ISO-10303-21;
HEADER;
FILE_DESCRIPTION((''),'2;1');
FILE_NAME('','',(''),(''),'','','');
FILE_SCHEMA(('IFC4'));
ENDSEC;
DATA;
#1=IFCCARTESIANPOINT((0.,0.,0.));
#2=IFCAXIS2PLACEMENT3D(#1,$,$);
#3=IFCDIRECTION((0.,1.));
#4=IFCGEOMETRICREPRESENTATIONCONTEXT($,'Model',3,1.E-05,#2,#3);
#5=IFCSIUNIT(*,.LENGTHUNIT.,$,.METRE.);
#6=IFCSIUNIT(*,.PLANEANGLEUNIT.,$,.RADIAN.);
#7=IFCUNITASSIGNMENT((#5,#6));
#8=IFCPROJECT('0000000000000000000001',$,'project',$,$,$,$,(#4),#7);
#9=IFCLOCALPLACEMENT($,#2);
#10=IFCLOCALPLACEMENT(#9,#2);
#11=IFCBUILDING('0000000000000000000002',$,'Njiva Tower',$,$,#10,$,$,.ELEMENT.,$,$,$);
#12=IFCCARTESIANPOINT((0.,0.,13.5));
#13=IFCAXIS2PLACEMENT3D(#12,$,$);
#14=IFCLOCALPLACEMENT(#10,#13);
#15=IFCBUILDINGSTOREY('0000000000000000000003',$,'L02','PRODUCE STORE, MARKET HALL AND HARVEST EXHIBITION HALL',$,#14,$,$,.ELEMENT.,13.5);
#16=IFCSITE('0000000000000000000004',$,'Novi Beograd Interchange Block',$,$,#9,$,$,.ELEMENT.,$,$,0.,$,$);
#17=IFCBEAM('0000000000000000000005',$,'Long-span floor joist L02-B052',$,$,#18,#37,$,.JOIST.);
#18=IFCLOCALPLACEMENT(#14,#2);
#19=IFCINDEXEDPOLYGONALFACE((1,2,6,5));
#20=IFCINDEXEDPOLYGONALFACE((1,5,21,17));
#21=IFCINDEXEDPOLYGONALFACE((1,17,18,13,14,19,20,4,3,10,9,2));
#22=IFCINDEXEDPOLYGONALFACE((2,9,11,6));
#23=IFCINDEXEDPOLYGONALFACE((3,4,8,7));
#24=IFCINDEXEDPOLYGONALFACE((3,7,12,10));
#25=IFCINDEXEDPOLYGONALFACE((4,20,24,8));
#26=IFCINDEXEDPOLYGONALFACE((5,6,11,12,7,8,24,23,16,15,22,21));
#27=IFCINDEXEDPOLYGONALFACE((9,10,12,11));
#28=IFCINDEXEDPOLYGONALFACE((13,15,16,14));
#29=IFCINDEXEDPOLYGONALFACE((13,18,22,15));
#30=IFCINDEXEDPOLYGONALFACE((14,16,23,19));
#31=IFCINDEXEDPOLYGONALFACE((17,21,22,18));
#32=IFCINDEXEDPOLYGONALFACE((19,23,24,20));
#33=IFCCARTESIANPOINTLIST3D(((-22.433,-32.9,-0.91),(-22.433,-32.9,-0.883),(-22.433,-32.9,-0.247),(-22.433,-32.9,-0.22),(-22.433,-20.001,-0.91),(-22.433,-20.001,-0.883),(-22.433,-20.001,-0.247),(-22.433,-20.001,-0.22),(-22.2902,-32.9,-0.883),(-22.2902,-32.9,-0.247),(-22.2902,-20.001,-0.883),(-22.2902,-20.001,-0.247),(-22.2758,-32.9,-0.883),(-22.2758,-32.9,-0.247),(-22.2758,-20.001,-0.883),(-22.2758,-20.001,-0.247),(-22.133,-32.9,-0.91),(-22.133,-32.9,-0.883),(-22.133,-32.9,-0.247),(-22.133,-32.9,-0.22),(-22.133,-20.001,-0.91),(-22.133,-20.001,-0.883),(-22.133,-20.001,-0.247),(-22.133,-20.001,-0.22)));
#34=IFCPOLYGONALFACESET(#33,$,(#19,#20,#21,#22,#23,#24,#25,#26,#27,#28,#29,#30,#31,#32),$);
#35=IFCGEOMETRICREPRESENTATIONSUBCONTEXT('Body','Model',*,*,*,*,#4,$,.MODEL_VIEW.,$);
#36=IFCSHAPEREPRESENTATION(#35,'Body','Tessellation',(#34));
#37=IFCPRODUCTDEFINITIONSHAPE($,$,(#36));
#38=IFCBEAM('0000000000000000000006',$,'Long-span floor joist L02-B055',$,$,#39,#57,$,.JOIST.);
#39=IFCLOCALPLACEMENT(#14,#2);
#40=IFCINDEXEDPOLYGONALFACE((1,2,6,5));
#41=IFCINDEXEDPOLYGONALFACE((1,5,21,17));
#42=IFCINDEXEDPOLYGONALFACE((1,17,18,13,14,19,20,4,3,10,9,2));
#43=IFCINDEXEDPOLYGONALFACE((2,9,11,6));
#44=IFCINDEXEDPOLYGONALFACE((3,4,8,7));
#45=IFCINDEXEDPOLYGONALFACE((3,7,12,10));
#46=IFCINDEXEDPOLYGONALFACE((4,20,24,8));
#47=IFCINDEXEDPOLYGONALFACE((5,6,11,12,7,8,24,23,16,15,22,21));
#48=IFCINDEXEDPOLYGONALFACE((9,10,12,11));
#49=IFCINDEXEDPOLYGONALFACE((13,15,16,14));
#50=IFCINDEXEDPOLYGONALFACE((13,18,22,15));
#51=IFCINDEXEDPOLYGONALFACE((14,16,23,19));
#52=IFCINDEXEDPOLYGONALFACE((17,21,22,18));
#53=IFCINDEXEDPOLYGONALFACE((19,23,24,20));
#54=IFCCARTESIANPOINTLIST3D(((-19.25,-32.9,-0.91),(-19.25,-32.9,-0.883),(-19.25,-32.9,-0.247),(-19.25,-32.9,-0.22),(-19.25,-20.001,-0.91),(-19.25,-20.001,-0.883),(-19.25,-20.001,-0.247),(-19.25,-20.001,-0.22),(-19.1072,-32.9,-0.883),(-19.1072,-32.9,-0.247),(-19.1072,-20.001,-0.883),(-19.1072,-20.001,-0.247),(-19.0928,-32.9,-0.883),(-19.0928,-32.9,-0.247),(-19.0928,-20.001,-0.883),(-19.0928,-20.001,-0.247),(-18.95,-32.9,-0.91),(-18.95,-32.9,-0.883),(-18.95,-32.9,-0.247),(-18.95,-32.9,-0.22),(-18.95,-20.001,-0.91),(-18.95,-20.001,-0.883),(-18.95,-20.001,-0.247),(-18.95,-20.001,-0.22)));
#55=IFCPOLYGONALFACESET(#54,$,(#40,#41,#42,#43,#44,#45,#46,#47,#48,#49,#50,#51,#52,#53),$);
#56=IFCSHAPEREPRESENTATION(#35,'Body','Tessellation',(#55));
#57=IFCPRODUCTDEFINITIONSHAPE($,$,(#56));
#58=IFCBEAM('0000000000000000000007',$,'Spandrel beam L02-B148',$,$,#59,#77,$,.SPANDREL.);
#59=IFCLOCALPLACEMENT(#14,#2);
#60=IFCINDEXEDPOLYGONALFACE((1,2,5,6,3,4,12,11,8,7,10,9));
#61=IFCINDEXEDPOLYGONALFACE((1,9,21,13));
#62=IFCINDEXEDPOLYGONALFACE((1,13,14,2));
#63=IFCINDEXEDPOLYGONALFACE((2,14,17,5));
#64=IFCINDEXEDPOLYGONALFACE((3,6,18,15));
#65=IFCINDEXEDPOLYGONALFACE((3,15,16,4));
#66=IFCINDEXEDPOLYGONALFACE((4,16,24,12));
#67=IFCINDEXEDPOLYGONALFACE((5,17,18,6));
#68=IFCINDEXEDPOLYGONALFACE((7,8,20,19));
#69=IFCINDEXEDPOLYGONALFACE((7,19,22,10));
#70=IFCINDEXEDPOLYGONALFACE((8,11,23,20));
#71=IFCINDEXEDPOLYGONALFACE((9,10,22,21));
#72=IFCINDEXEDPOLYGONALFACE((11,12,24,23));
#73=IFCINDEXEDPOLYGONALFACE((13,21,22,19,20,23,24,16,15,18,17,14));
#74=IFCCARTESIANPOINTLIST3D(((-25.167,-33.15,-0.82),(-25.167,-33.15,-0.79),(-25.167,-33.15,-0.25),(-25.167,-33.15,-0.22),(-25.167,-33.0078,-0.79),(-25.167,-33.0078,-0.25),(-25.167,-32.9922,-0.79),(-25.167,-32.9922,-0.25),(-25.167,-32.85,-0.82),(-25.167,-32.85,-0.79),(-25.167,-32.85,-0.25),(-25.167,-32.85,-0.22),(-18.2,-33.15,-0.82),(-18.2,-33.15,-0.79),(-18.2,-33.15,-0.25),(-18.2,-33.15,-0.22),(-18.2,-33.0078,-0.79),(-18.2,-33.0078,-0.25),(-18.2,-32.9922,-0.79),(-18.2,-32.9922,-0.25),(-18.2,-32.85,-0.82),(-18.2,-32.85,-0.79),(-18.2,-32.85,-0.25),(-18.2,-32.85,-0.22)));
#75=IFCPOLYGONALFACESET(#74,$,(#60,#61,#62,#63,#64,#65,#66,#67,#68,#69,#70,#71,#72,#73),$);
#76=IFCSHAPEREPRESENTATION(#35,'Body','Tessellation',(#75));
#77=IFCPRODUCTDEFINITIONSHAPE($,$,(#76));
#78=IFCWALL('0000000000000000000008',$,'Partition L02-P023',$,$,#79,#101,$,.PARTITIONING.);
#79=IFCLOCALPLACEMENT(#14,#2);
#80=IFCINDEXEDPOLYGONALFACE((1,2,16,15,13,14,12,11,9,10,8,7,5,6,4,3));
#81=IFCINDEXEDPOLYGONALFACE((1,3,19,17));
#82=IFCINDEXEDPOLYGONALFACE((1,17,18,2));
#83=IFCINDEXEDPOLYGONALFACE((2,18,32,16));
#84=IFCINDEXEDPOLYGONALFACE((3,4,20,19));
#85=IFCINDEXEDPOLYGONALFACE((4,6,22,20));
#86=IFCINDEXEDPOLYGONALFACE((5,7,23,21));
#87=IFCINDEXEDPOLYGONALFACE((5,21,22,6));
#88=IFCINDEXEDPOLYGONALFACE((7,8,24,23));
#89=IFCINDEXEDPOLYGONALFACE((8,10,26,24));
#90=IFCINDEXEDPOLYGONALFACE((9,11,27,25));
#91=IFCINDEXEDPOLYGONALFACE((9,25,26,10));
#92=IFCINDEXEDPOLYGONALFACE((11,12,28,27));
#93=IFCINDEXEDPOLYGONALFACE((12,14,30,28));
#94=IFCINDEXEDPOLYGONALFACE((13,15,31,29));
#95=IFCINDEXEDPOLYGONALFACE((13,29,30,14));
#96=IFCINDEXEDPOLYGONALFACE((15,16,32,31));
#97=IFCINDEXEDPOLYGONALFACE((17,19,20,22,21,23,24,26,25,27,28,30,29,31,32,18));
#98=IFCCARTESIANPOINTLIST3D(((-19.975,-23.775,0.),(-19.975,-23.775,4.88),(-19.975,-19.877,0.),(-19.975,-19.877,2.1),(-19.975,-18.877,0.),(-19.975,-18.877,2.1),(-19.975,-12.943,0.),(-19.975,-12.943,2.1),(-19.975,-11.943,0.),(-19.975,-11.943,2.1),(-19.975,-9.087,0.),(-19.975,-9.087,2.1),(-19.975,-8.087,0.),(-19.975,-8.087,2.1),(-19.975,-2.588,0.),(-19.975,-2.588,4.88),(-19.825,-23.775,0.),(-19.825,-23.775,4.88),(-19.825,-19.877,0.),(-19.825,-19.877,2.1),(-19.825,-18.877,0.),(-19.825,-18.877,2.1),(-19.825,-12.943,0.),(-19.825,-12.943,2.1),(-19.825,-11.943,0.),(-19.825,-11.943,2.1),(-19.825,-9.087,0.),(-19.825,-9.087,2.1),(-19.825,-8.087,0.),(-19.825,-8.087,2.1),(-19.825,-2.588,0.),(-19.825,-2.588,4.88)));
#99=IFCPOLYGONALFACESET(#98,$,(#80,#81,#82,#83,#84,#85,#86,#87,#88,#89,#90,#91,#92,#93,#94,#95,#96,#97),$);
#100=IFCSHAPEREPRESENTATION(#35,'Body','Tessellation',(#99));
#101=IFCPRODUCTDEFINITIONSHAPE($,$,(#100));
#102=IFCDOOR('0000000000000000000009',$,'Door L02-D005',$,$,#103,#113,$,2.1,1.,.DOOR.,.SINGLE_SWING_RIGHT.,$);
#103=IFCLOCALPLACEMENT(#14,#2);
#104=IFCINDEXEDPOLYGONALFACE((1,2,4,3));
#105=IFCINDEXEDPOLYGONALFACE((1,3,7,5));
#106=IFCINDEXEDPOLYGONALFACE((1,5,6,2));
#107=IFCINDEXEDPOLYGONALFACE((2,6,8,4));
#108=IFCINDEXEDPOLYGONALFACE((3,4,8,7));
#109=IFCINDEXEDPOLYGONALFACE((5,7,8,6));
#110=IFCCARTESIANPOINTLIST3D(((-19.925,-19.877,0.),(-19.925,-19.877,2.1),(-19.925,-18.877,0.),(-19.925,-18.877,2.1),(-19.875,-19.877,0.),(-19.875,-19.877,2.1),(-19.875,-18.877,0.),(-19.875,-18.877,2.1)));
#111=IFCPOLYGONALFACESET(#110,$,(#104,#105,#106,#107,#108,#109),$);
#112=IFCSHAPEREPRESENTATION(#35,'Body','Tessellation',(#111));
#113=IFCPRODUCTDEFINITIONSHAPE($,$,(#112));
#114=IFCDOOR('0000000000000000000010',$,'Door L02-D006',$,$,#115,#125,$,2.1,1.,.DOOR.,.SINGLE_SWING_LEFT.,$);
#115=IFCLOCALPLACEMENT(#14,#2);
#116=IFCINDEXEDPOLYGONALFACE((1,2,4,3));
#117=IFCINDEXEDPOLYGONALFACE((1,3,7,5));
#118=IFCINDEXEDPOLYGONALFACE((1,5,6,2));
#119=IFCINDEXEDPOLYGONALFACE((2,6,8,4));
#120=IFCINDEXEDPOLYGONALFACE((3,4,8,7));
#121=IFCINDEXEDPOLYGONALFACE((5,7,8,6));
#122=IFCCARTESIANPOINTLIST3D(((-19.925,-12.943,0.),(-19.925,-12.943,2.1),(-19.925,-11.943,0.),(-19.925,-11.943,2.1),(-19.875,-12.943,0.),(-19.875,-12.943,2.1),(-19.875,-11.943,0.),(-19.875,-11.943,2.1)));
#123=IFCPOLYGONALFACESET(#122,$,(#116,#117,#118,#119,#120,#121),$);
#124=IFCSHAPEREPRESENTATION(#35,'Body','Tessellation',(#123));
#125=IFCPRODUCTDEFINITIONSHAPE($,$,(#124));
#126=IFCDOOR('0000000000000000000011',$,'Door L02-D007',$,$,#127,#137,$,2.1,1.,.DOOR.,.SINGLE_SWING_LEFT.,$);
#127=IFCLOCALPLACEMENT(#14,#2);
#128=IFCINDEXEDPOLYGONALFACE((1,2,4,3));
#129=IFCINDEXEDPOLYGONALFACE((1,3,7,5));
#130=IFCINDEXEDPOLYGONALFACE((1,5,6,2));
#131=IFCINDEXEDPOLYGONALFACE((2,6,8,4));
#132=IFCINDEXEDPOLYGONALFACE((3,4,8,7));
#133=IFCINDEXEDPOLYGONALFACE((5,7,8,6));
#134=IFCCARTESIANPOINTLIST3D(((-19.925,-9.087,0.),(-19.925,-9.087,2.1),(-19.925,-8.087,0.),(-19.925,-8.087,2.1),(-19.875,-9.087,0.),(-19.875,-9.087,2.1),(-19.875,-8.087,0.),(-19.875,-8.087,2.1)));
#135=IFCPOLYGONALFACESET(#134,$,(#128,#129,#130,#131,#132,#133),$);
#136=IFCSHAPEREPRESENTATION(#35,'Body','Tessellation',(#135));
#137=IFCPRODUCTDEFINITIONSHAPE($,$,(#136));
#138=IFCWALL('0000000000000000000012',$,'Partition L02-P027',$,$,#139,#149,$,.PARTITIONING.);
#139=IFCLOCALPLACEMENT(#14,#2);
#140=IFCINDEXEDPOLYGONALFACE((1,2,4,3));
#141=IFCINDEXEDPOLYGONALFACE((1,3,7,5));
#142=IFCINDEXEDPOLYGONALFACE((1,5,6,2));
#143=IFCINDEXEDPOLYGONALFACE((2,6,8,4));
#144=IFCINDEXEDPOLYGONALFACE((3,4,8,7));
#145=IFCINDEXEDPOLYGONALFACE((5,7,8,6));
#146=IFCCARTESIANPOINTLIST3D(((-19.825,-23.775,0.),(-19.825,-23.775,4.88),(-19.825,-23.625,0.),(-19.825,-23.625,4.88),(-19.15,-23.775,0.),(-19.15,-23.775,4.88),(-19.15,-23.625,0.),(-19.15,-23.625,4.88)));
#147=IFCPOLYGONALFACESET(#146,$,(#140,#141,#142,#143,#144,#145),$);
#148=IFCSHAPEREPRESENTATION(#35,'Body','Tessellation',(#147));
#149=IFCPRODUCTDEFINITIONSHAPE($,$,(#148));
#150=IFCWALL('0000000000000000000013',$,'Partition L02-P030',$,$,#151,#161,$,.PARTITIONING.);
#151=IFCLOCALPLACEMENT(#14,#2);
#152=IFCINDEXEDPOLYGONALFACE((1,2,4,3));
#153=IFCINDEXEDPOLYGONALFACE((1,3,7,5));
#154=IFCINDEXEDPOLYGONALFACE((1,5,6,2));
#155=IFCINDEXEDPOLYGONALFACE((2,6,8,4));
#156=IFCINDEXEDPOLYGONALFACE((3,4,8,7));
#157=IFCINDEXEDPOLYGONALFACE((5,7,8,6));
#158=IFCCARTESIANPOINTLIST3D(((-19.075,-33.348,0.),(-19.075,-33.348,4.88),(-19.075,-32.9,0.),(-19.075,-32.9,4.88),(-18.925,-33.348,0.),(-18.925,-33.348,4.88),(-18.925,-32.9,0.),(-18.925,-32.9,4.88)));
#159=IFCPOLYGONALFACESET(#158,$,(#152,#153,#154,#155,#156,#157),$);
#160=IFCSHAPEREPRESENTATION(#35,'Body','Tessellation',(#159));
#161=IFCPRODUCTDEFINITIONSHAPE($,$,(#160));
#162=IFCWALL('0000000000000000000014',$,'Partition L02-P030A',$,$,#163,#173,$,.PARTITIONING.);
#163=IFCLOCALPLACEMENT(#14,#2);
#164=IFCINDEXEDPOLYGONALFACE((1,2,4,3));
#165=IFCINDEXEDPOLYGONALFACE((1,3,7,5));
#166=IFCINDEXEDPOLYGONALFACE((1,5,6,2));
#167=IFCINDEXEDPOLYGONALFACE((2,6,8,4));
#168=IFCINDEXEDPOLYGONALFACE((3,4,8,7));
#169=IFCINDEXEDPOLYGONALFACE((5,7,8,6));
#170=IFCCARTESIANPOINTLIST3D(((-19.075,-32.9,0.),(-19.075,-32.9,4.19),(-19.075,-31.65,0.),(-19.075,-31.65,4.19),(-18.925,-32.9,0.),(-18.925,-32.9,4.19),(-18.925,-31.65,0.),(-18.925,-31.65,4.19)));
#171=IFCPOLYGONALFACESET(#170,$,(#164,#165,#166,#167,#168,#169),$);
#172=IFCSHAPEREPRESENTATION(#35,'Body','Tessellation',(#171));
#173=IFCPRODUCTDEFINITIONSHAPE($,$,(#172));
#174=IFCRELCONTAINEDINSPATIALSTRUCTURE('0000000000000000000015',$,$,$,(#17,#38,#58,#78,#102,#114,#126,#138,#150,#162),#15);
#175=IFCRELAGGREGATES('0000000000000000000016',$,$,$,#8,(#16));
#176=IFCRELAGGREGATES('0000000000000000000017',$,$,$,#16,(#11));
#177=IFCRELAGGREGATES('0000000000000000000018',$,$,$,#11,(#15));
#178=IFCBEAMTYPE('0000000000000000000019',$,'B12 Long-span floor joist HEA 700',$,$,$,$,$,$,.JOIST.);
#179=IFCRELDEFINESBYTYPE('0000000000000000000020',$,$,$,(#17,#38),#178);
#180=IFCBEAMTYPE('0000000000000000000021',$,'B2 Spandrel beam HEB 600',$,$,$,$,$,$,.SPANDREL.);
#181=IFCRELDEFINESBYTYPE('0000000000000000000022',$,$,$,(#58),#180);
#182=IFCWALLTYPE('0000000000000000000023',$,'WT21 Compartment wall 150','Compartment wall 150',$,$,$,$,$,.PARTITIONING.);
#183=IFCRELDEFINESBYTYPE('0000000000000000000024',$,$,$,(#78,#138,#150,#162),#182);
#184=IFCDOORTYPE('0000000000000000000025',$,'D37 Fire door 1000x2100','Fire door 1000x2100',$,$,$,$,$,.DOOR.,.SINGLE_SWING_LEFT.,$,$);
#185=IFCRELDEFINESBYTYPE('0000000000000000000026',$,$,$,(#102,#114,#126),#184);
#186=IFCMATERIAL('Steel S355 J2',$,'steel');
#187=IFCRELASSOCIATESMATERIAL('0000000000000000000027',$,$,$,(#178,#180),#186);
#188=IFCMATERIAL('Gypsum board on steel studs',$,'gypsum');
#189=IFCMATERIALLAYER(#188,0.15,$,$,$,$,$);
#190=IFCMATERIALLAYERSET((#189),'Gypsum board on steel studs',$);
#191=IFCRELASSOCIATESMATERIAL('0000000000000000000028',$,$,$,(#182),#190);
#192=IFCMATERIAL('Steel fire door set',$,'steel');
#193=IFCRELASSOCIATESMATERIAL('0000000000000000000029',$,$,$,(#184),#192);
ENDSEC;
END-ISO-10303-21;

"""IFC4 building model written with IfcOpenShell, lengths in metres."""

from ifc_helpers import new_model, si_unit, direction, frame, frame_2d, origin, origin_2d, place, context, subcontext, project, spatial, rectangle, i_section, extrude, material, layer, layer_set, material_profile, profile_set, type_object, element, fill, save


model = new_model("IFC4")

# Units and contexts
model_context = context("Model", 3, precision=1e-05, world=origin(), true_north=direction((0.0, 1.0)))
body_context = subcontext(model_context, "Body", "Model", "MODEL_VIEW")
ifc_project = project(units=[si_unit("LENGTHUNIT", "METRE"), si_unit("PLANEANGLEUNIT", "RADIAN")], contexts=[model_context])

# Site, building, storey
site_placement = place(None, origin())
site = spatial("IfcSite", under=ifc_project, at=site_placement, Name="Novi Beograd Interchange Block", CompositionType="ELEMENT", RefElevation=0.0)
building_placement = place(site_placement, origin())
building = spatial("IfcBuilding", under=site, at=building_placement, Name="Njiva Tower", CompositionType="ELEMENT")
storey_placement = place(building_placement, frame((0.0, 0.0, 13.5)))
storey = spatial("IfcBuildingStorey", under=building, at=storey_placement, Name="L02", Description="PRODUCE STORE, MARKET HALL AND HARVEST EXHIBITION HALL", CompositionType="ELEMENT", Elevation=13.5)

# Beams
ifc_material_1 = material(Name="Steel S355 J2", Category="steel")
ifc_material_profile_1 = material_profile(ifc_material_1, i_section(OverallWidth=0.3, OverallDepth=0.69, WebThickness=0.0145, FlangeThickness=0.027, at=origin_2d()), Name="HEA 700")
ifc_profile_set_1 = profile_set([ifc_material_profile_1], Name="Steel S355 J2")
beam_type_1 = type_object("IfcBeamType", Name="B12 Long-span floor joist HEA 700", PredefinedType="JOIST", material=ifc_profile_set_1)
for number, where, z_axis, x_axis, name in (
    (1, (-22.283, -20.001, -0.565), (0.0, -1.0, 0.0), (1.0, 0.0, 0.0), "Long-span floor joist L02-B052"),
    (2, (-19.1, -20.001, -0.565), (0.0, -1.0, 0.0), (1.0, 0.0, 0.0), "Long-span floor joist L02-B055"),
):
    element("IfcBeam", number, at=place(storey_placement, frame(where, z_axis=z_axis, x_axis=x_axis)), inside=storey, type_object=beam_type_1, Name=name, PredefinedType="JOIST", context=body_context, shape_type="SweptSolid", body=[
        extrude(i_section(OverallWidth=0.3, OverallDepth=0.69, WebThickness=0.0145, FlangeThickness=0.027, at=origin_2d()), origin(), (0.0, 0.0, 1.0), 12.899),
    ])
ifc_material_profile_2 = material_profile(ifc_material_1, i_section(OverallWidth=0.3, OverallDepth=0.6, WebThickness=0.0155, FlangeThickness=0.03, at=origin_2d()), Name="HEB 600")
ifc_profile_set_2 = profile_set([ifc_material_profile_2], Name="Steel S355 J2")
beam_type_2 = type_object("IfcBeamType", Name="B2 Spandrel beam HEB 600", PredefinedType="SPANDREL", material=ifc_profile_set_2)
beam_placement = place(storey_placement, frame((-25.167, -33.0, -0.52), z_axis=(1.0, 0.0, 0.0), x_axis=(0.0, 1.0, 0.0)))
element("IfcBeam", 3, at=beam_placement, inside=storey, type_object=beam_type_2, Name="Spandrel beam L02-B148", PredefinedType="SPANDREL", context=body_context, shape_type="SweptSolid", body=[
    extrude(i_section(OverallWidth=0.3, OverallDepth=0.6, WebThickness=0.0155, FlangeThickness=0.03, at=origin_2d()), origin(), (0.0, 0.0, 1.0), 6.967),
])

# Wall, openings, doors
ifc_material_2 = material(Name="Gypsum board on steel studs", Category="gypsum")
ifc_layer_1 = layer(ifc_material_2, 0.15)
ifc_layer_set_1 = layer_set([ifc_layer_1], Name="Gypsum board on steel studs")
wall_type_1 = type_object("IfcWallType", Name="WT21 Compartment wall 150", Description="Compartment wall 150", PredefinedType="PARTITIONING", material=ifc_layer_set_1)
wall_1_placement = place(storey_placement, frame((-19.9, -23.775, 0.0), z_axis=(0.0, 0.0, 1.0), x_axis=(0.0, 1.0, 0.0)))
wall_1 = element("IfcWall", 4, at=wall_1_placement, inside=storey, type_object=wall_type_1, Name="Partition L02-P023", PredefinedType="PARTITIONING", context=body_context, shape_type="SweptSolid", body=[
    extrude(rectangle(XDim=21.187, YDim=0.15, at=frame_2d((10.5935, 0.0))), origin(), (0.0, 0.0, 1.0), 4.88),
])
opening_1_placement = place(wall_1_placement, frame((3.898, 0.0, 0.0)))
opening_1 = element("IfcOpeningElement", 5, at=opening_1_placement, cuts=wall_1, PredefinedType="OPENING", context=body_context, shape_type="SweptSolid", body=[
    extrude(rectangle(XDim=1.0, YDim=2.1, at=frame_2d((0.5, 1.05))), frame((0.0, 0.085, 0.0), z_axis=(0.0, -1.0, 0.0), x_axis=(1.0, 0.0, 0.0)), (0.0, 0.0, 1.0), 0.17),
])
opening_2_placement = place(wall_1_placement, frame((10.832, 0.0, 0.0)))
opening_2 = element("IfcOpeningElement", 6, at=opening_2_placement, cuts=wall_1, PredefinedType="OPENING", context=body_context, shape_type="SweptSolid", body=[
    extrude(rectangle(XDim=1.0, YDim=2.1, at=frame_2d((0.5, 1.05))), frame((0.0, 0.085, 0.0), z_axis=(0.0, -1.0, 0.0), x_axis=(1.0, 0.0, 0.0)), (0.0, 0.0, 1.0), 0.17),
])
opening_3_placement = place(wall_1_placement, frame((14.688, 0.0, 0.0)))
opening_3 = element("IfcOpeningElement", 7, at=opening_3_placement, cuts=wall_1, PredefinedType="OPENING", context=body_context, shape_type="SweptSolid", body=[
    extrude(rectangle(XDim=1.0, YDim=2.1, at=frame_2d((0.5, 1.05))), frame((0.0, 0.085, 0.0), z_axis=(0.0, -1.0, 0.0), x_axis=(1.0, 0.0, 0.0)), (0.0, 0.0, 1.0), 0.17),
])
ifc_material_3 = material(Name="Steel fire door set", Category="steel")
door_type_1 = type_object("IfcDoorType", Name="D37 Fire door 1000x2100", Description="Fire door 1000x2100", OperationType="SINGLE_SWING_LEFT", PredefinedType="DOOR", material=ifc_material_3)
door_1_placement = place(opening_1_placement, origin())
door_1 = element("IfcDoor", 8, at=door_1_placement, inside=storey, type_object=door_type_1, Name="Door L02-D005", OperationType="SINGLE_SWING_RIGHT", OverallHeight=2.1, OverallWidth=1.0, PredefinedType="DOOR", context=body_context, shape_type="SweptSolid", body=[
    extrude(rectangle(XDim=1.0, YDim=2.1, at=frame_2d((0.5, 1.05))), frame((0.0, 0.025, 0.0), z_axis=(0.0, -1.0, 0.0), x_axis=(1.0, 0.0, 0.0)), (0.0, 0.0, 1.0), 0.05),
])
fill(opening_1, door_1)
door_2_placement = place(opening_2_placement, origin())
door_2 = element("IfcDoor", 9, at=door_2_placement, inside=storey, type_object=door_type_1, Name="Door L02-D006", OperationType="SINGLE_SWING_LEFT", OverallHeight=2.1, OverallWidth=1.0, PredefinedType="DOOR", context=body_context, shape_type="SweptSolid", body=[
    extrude(rectangle(XDim=1.0, YDim=2.1, at=frame_2d((0.5, 1.05))), frame((0.0, 0.025, 0.0), z_axis=(0.0, -1.0, 0.0), x_axis=(1.0, 0.0, 0.0)), (0.0, 0.0, 1.0), 0.05),
])
fill(opening_2, door_2)
door_3_placement = place(opening_3_placement, origin())
door_3 = element("IfcDoor", 10, at=door_3_placement, inside=storey, type_object=door_type_1, Name="Door L02-D007", OperationType="SINGLE_SWING_LEFT", OverallHeight=2.1, OverallWidth=1.0, PredefinedType="DOOR", context=body_context, shape_type="SweptSolid", body=[
    extrude(rectangle(XDim=1.0, YDim=2.1, at=frame_2d((0.5, 1.05))), frame((0.0, 0.025, 0.0), z_axis=(0.0, -1.0, 0.0), x_axis=(1.0, 0.0, 0.0)), (0.0, 0.0, 1.0), 0.05),
])
fill(opening_3, door_3)

# Walls
wall_2_placement = place(storey_placement, frame((-19.825, -23.7, 0.0), z_axis=(0.0, 0.0, 1.0), x_axis=(1.0, 0.0, 0.0)))
element("IfcWall", 11, at=wall_2_placement, inside=storey, type_object=wall_type_1, Name="Partition L02-P027", PredefinedType="PARTITIONING", context=body_context, shape_type="SweptSolid", body=[
    extrude(rectangle(XDim=0.675, YDim=0.15, at=frame_2d((0.3375, 0.0))), origin(), (0.0, 0.0, 1.0), 4.88),
])
wall_3_placement = place(storey_placement, frame((-19.0, -33.348, 0.0), z_axis=(0.0, 0.0, 1.0), x_axis=(0.0, 1.0, 0.0)))
element("IfcWall", 12, at=wall_3_placement, inside=storey, type_object=wall_type_1, Name="Partition L02-P030", PredefinedType="PARTITIONING", context=body_context, shape_type="SweptSolid", body=[
    extrude(rectangle(XDim=0.448, YDim=0.15, at=frame_2d((0.224, 0.0))), origin(), (0.0, 0.0, 1.0), 4.88),
])
wall_4_placement = place(storey_placement, frame((-19.0, -32.9, 0.0), z_axis=(0.0, 0.0, 1.0), x_axis=(0.0, 1.0, 0.0)))
element("IfcWall", 13, at=wall_4_placement, inside=storey, type_object=wall_type_1, Name="Partition L02-P030A", PredefinedType="PARTITIONING", context=body_context, shape_type="SweptSolid", body=[
    extrude(rectangle(XDim=1.25, YDim=0.15, at=frame_2d((0.625, 0.0))), origin(), (0.0, 0.0, 1.0), 4.19),
])

save(model, "model.ifc")
